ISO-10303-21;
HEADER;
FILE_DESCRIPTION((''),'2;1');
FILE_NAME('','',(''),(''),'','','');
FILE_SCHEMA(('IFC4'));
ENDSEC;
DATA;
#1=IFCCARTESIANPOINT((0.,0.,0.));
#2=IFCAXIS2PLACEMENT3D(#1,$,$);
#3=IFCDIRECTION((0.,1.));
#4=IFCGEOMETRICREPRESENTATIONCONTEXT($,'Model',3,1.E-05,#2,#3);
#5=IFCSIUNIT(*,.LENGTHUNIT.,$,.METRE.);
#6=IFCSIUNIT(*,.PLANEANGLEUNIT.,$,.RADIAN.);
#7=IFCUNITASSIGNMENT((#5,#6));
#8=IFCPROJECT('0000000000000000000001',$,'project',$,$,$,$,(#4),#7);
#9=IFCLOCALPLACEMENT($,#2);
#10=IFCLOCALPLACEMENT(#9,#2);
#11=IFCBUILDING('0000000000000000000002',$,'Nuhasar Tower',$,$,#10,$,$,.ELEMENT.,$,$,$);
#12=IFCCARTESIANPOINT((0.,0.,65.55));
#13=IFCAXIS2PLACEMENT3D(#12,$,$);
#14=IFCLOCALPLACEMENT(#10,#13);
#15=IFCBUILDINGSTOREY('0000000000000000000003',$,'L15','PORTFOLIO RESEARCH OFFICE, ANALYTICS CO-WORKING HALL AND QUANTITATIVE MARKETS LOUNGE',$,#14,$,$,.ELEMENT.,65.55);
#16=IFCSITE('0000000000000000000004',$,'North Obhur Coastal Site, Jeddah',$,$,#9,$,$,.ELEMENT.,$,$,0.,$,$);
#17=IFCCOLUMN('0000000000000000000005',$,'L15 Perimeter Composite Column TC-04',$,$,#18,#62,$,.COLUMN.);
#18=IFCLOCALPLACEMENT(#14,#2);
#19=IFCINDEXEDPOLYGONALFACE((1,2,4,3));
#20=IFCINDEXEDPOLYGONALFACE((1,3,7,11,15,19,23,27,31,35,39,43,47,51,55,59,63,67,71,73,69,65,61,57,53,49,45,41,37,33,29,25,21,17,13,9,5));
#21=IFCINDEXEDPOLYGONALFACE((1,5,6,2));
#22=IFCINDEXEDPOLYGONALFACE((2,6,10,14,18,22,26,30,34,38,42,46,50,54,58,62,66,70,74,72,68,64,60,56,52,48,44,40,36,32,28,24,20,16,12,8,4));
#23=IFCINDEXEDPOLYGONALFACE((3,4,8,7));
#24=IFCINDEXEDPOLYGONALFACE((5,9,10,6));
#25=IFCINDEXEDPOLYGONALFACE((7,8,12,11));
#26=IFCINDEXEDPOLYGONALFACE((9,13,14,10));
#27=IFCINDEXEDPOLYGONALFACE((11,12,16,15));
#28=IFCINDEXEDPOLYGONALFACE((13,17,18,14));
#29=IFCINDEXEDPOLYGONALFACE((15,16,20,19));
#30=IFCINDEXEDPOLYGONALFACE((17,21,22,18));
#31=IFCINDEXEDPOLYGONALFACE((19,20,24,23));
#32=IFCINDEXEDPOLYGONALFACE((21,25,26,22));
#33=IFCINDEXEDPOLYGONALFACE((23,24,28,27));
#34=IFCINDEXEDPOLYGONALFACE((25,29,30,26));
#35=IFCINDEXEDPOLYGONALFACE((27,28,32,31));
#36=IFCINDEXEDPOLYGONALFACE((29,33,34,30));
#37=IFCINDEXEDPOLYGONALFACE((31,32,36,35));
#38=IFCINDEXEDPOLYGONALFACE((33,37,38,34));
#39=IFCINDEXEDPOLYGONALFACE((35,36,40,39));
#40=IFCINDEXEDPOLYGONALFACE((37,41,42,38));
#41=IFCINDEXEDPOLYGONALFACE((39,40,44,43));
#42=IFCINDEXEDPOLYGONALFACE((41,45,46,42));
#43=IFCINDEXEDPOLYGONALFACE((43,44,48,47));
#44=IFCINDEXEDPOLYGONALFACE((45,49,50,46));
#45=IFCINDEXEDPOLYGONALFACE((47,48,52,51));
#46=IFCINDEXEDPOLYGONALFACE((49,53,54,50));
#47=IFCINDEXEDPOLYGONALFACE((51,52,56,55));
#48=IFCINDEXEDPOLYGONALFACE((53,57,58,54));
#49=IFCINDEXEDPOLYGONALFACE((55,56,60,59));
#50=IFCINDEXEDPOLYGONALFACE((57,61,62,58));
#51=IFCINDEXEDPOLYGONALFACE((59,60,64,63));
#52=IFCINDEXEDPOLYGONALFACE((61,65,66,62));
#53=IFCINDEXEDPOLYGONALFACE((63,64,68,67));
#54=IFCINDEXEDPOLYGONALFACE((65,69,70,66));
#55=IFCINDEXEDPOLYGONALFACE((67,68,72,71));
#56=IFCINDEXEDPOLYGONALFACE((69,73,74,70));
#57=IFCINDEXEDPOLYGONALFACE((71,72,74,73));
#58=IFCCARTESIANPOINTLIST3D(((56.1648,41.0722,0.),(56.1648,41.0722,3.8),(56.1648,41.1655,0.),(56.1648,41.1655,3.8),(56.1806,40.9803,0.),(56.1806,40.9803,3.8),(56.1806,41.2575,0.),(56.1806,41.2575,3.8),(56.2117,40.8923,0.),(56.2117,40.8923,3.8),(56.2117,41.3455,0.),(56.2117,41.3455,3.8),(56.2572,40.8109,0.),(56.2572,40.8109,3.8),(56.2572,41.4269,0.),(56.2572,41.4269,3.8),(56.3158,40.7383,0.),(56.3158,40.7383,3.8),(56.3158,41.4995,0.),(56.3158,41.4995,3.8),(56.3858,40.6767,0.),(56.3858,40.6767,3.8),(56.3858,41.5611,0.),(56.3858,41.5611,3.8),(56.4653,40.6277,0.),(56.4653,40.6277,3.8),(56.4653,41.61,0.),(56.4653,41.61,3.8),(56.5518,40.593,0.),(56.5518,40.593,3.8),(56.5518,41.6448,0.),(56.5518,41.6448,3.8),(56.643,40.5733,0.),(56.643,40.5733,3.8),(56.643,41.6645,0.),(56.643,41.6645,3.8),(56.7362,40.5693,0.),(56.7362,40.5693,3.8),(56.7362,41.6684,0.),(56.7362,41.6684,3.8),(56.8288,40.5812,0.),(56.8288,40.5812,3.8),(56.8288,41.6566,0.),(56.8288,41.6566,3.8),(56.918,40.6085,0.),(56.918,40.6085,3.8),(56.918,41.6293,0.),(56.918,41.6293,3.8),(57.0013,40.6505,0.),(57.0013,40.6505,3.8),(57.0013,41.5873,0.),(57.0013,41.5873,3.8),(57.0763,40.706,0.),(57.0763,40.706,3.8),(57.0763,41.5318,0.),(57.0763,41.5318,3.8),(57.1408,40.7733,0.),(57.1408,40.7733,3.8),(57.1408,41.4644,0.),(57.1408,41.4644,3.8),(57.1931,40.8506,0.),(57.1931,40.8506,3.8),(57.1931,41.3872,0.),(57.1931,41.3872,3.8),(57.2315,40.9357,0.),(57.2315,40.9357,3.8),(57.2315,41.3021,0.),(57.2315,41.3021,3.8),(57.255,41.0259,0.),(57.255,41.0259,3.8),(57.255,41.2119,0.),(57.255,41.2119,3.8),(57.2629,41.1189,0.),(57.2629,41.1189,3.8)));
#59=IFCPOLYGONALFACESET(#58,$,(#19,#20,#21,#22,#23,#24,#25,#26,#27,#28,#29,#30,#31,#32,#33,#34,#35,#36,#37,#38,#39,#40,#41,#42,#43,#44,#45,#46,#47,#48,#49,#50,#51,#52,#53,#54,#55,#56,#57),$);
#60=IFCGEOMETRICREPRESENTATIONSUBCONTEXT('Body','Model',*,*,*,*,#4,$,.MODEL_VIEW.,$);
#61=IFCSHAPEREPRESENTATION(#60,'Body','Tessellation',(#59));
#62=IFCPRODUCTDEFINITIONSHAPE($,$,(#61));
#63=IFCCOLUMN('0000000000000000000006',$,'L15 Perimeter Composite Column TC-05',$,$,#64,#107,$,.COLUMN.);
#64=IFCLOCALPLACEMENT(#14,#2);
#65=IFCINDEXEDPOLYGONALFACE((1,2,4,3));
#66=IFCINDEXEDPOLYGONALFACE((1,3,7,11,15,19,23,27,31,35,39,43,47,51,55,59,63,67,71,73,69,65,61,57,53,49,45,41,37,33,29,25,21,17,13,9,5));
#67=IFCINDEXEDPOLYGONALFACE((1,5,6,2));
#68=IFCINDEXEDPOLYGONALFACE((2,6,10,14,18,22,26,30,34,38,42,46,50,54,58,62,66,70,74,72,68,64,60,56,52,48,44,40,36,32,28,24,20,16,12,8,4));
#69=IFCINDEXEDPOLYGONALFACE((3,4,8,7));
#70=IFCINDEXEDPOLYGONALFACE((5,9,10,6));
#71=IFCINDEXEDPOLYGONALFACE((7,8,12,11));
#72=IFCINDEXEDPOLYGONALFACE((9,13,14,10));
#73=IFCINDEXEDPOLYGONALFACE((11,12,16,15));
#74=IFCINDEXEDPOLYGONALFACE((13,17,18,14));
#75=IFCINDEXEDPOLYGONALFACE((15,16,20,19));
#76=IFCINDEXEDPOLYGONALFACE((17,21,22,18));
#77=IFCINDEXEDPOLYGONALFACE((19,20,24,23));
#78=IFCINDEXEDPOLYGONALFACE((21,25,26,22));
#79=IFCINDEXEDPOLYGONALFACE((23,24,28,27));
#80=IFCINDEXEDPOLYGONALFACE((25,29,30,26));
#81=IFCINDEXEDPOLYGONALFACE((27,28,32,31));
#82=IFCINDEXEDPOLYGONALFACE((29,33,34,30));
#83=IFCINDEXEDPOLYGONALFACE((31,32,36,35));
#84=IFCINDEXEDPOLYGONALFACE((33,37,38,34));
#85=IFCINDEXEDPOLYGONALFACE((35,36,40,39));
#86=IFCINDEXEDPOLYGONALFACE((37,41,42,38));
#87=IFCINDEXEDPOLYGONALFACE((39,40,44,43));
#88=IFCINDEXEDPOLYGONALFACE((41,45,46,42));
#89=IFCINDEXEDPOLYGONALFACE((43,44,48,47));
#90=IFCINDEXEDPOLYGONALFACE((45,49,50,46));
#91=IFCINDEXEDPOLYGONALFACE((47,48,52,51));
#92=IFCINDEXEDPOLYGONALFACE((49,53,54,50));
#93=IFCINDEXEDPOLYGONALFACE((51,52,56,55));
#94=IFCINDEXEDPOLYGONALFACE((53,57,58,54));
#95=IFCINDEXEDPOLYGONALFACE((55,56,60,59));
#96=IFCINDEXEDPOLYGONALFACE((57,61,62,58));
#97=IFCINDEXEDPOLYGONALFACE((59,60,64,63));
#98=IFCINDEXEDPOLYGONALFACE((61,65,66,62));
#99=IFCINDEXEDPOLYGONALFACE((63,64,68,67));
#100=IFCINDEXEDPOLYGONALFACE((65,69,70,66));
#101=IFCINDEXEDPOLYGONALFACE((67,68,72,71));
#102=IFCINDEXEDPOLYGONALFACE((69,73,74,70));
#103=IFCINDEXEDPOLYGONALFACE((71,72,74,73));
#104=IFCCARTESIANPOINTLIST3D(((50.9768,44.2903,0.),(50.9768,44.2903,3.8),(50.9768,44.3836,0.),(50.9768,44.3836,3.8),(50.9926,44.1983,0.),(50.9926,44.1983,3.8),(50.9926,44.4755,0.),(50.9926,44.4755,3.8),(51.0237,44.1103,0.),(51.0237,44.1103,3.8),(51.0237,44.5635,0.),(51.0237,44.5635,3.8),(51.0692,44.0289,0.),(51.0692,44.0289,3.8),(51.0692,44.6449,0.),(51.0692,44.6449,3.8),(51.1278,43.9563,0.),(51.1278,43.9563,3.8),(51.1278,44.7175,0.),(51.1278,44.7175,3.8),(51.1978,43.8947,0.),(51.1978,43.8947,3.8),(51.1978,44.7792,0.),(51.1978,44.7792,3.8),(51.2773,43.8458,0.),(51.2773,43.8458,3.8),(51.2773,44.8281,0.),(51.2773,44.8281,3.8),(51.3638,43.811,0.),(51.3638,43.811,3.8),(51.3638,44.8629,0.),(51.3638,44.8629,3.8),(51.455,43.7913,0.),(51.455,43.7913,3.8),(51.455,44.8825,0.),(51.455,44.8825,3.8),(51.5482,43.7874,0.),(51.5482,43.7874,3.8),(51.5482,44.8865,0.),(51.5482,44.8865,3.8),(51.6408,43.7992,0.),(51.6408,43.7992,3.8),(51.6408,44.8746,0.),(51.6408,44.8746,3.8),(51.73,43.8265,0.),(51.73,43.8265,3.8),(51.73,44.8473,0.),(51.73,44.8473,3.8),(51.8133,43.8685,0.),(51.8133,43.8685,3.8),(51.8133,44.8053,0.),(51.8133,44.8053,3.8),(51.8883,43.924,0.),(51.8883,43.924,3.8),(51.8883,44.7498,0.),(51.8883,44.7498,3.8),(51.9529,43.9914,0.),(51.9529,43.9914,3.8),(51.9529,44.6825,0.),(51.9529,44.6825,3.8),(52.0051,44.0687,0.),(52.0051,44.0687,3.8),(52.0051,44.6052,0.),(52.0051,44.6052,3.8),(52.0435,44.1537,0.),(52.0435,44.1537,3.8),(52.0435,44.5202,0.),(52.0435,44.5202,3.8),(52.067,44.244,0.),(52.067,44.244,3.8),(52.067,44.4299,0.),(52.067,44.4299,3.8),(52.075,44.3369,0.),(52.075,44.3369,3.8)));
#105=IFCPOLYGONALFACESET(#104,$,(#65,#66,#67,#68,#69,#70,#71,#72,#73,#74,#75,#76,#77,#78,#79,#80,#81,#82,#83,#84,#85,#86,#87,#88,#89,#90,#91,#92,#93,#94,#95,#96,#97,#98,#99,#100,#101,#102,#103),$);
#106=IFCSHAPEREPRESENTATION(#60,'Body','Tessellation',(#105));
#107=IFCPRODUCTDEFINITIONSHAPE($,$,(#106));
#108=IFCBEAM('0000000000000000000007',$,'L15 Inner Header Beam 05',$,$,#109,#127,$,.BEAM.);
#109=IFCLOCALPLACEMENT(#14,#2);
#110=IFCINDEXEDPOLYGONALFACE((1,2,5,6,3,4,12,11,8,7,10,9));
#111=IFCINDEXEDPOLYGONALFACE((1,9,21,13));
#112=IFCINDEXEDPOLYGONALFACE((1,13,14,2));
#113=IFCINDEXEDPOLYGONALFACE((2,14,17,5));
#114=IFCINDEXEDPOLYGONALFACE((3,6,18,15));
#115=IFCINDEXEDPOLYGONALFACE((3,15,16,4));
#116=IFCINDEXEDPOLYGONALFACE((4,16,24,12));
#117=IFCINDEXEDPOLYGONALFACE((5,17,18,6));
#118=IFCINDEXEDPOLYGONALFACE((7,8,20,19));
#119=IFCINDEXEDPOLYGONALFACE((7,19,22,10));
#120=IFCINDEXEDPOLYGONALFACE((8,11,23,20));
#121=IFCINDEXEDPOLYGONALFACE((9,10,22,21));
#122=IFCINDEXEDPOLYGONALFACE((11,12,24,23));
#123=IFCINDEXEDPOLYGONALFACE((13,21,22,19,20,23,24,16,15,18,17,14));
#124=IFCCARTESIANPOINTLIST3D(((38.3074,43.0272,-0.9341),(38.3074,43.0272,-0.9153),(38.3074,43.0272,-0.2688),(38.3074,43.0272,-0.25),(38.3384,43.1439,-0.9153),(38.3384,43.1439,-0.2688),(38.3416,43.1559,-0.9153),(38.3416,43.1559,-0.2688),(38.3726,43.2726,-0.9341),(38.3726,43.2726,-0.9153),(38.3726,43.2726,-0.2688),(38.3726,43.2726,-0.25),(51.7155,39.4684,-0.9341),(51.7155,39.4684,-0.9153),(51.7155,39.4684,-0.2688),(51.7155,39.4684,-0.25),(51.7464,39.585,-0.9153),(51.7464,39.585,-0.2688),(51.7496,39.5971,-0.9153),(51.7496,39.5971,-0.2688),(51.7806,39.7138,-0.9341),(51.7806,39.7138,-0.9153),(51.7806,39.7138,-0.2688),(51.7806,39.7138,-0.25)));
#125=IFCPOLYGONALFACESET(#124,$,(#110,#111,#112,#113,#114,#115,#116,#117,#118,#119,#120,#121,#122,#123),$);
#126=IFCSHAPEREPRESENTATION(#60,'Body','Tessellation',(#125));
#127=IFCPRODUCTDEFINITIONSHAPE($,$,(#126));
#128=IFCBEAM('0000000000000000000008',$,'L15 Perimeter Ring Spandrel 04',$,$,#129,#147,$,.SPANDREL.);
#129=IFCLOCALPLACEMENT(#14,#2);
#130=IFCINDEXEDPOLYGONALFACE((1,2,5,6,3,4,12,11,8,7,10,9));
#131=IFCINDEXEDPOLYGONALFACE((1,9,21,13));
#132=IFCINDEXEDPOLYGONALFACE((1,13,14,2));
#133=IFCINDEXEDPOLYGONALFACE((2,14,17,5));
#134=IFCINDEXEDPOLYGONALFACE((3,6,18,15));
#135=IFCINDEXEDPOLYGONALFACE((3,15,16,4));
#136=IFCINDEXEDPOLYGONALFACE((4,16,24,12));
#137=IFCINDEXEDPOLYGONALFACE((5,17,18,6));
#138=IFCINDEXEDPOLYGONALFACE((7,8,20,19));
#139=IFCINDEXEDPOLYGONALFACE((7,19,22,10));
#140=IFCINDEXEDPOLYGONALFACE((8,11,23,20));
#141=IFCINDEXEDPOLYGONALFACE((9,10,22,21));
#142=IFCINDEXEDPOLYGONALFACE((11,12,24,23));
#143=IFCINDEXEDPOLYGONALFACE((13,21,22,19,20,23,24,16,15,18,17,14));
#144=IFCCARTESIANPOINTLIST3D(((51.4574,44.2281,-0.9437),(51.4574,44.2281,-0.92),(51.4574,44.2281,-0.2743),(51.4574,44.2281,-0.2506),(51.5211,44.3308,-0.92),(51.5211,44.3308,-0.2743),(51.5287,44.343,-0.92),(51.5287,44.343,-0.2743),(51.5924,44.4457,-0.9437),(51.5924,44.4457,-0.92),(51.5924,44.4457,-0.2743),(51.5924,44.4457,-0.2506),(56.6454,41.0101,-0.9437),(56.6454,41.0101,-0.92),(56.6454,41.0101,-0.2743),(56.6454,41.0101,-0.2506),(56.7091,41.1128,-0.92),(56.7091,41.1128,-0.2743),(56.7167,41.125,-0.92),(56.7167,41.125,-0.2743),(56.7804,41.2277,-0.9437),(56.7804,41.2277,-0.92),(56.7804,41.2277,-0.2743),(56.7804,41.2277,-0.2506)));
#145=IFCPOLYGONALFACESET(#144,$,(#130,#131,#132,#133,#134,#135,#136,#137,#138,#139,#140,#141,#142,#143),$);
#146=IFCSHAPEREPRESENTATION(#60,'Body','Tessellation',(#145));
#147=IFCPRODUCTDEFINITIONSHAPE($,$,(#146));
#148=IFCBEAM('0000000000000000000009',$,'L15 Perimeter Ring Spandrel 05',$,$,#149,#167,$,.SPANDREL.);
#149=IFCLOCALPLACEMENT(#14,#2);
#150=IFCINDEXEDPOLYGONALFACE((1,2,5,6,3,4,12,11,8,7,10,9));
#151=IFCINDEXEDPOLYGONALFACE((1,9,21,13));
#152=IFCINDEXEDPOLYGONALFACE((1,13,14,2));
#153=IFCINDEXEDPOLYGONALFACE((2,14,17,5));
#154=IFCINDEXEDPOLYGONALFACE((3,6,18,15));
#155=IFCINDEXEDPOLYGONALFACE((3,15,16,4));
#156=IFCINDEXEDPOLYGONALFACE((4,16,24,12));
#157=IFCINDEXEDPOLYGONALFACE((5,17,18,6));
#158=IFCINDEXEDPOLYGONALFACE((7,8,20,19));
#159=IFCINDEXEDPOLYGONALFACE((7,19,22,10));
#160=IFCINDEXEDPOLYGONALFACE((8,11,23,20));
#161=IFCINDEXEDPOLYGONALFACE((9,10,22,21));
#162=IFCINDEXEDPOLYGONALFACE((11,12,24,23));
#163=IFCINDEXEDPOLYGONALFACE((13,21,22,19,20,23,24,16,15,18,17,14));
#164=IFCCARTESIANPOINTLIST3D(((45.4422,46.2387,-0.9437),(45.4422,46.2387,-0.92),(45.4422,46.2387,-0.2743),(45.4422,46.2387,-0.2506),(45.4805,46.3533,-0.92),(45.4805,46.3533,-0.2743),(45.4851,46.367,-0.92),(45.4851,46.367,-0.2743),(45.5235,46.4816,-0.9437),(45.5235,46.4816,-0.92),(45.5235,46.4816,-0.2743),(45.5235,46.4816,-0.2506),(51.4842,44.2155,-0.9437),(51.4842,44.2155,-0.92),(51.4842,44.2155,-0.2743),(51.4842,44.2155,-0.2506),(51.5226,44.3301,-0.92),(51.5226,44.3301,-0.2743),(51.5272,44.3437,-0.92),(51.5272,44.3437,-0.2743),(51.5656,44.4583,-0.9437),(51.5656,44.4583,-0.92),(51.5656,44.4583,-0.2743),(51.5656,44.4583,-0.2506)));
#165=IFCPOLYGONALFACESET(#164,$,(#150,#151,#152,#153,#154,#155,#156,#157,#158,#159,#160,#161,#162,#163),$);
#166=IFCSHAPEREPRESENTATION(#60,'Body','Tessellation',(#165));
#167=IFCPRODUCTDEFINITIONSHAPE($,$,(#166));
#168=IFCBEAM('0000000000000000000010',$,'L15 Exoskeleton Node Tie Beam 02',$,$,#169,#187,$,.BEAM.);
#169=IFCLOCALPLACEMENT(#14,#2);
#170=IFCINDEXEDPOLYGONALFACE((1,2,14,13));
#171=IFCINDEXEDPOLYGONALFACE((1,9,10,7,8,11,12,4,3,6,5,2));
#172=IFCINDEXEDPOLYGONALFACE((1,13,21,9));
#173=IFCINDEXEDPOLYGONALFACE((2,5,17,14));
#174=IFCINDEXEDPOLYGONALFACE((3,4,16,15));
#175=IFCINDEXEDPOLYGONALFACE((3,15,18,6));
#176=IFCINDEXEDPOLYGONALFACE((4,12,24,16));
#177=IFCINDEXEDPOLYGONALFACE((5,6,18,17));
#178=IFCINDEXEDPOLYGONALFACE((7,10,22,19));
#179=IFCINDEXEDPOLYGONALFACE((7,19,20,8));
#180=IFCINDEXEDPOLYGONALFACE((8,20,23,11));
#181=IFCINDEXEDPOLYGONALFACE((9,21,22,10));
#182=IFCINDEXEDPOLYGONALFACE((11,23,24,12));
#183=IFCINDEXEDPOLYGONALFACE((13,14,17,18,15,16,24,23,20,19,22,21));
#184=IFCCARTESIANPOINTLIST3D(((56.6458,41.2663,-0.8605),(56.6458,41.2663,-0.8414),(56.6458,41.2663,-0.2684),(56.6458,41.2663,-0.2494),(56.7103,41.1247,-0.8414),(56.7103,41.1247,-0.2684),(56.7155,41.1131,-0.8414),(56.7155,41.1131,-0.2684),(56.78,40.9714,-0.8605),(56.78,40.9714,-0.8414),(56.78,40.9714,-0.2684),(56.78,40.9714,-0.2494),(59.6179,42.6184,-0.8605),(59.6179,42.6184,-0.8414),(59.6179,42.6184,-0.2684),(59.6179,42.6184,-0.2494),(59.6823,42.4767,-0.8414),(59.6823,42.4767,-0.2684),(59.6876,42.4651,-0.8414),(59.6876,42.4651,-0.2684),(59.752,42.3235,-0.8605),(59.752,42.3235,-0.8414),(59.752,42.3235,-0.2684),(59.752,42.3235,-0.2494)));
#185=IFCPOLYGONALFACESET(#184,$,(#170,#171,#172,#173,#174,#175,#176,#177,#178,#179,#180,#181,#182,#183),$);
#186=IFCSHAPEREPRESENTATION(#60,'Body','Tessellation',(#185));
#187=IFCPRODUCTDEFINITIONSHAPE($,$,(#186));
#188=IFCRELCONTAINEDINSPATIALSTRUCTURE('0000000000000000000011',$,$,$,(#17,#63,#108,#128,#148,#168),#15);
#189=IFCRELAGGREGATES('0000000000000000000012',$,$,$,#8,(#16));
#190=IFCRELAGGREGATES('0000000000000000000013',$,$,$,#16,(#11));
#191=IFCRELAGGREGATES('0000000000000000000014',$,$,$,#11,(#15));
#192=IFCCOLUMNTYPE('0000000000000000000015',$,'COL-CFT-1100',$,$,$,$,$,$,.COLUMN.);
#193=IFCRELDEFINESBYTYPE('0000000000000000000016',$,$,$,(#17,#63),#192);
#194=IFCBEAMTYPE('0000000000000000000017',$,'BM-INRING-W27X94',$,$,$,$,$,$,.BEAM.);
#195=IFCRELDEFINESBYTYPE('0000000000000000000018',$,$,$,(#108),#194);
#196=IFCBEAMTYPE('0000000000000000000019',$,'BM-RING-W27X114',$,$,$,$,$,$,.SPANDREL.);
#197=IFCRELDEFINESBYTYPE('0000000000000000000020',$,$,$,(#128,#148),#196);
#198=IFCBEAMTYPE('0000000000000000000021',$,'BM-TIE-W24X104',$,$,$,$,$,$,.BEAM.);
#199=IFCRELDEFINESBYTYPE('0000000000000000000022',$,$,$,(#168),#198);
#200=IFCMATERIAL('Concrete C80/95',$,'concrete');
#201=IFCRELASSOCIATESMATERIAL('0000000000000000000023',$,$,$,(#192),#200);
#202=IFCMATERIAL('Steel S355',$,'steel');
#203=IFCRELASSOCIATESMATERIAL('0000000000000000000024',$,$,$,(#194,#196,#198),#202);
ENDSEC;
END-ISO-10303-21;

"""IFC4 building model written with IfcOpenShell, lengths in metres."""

from ifc_helpers import new_model, si_unit, direction, frame, origin, origin_2d, place, context, subcontext, project, spatial, circle, i_section, extrude, material, material_profile, profile_set, type_object, element, save


model = new_model("IFC4")

# Units and contexts
model_context = context("Model", 3, precision=1e-05, world=origin(), true_north=direction((0.0, 1.0)))
body_context = subcontext(model_context, "Body", "Model", "MODEL_VIEW")
ifc_project = project(units=[si_unit("LENGTHUNIT", "METRE"), si_unit("PLANEANGLEUNIT", "RADIAN")], contexts=[model_context])

# Site, building, storey
site_placement = place(None, origin())
site = spatial("IfcSite", under=ifc_project, at=site_placement, Name="North Obhur Coastal Site, Jeddah", CompositionType="ELEMENT", RefElevation=0.0)
building_placement = place(site_placement, origin())
building = spatial("IfcBuilding", under=site, at=building_placement, Name="Nuhasar Tower", CompositionType="ELEMENT")
storey_placement = place(building_placement, frame((0.0, 0.0, 65.55)))
storey = spatial("IfcBuildingStorey", under=building, at=storey_placement, Name="L15", Description="PORTFOLIO RESEARCH OFFICE, ANALYTICS CO-WORKING HALL AND QUANTITATIVE MARKETS LOUNGE", CompositionType="ELEMENT", Elevation=65.55)

# Columns
ifc_material_1 = material(Name="Concrete C80/95", Category="concrete")
ifc_material_profile_1 = material_profile(ifc_material_1, circle(Radius=0.55, at=origin_2d()), Name="CFT1100")
ifc_profile_set_1 = profile_set([ifc_material_profile_1], Name="Concrete C80/95")
column_type = type_object("IfcColumnType", Name="COL-CFT-1100", PredefinedType="COLUMN", material=ifc_profile_set_1)
for number, where, z_axis, x_axis, name in (
    (1, (56.7129, 41.1189, 0.0), (0.0, 0.0, 1.0), (1.0, 0.0, 0.0), "L15 Perimeter Composite Column TC-04"),
    (2, (51.5249, 44.3369, 0.0), (0.0, 0.0, 1.0), (1.0, 0.0, 0.0), "L15 Perimeter Composite Column TC-05"),
):
    element("IfcColumn", number, at=place(storey_placement, frame(where, z_axis=z_axis, x_axis=x_axis)), inside=storey, type_object=column_type, Name=name, PredefinedType="COLUMN", context=body_context, shape_type="SweptSolid", body=[
        extrude(circle(Radius=0.55, at=origin_2d()), origin(), (0.0, 0.0, 1.0), 3.8),
    ])

# Beams
ifc_material_2 = material(Name="Steel S355", Category="steel")
ifc_material_profile_2 = material_profile(ifc_material_2, i_section(OverallWidth=0.2539, OverallDepth=0.6841, WebThickness=0.0125, FlangeThickness=0.0188, at=origin_2d()), Name="W27X94")
ifc_profile_set_2 = profile_set([ifc_material_profile_2], Name="Steel S355")
beam_type_1 = type_object("IfcBeamType", Name="BM-INRING-W27X94", PredefinedType="BEAM", material=ifc_profile_set_2)
beam_1_placement = place(storey_placement, frame((51.748, 39.5911, -0.592), z_axis=(-0.966533, 0.256544, 0.0), x_axis=(-0.256544, -0.966533, 0.0)))
element("IfcBeam", 3, at=beam_1_placement, inside=storey, type_object=beam_type_1, Name="L15 Inner Header Beam 05", PredefinedType="BEAM", context=body_context, shape_type="SweptSolid", body=[
    extrude(i_section(OverallWidth=0.2539, OverallDepth=0.6841, WebThickness=0.0125, FlangeThickness=0.0188, at=origin_2d()), origin(), (0.0, 0.0, 1.0), 13.8723),
])
ifc_material_profile_3 = material_profile(ifc_material_2, i_section(OverallWidth=0.2561, OverallDepth=0.6931, WebThickness=0.0144, FlangeThickness=0.0237, at=origin_2d()), Name="W27X114")
ifc_profile_set_3 = profile_set([ifc_material_profile_3], Name="Steel S355")
beam_type_2 = type_object("IfcBeamType", Name="BM-RING-W27X114", PredefinedType="SPANDREL", material=ifc_profile_set_3)
beam_2_placement = place(storey_placement, frame((56.7129, 41.1189, -0.5972), z_axis=(-0.849795, 0.527113, 0.0), x_axis=(-0.527113, -0.849795, 0.0)))
element("IfcBeam", 4, at=beam_2_placement, inside=storey, type_object=beam_type_2, Name="L15 Perimeter Ring Spandrel 04", PredefinedType="SPANDREL", context=body_context, shape_type="SweptSolid", body=[
    extrude(i_section(OverallWidth=0.2561, OverallDepth=0.6931, WebThickness=0.0144, FlangeThickness=0.0237, at=origin_2d()), origin(), (0.0, 0.0, 1.0), 6.105),
])
beam_3_placement = place(storey_placement, frame((51.5249, 44.3369, -0.5972), z_axis=(-0.948249, 0.317526, 0.0), x_axis=(-0.317526, -0.948249, 0.0)))
element("IfcBeam", 5, at=beam_3_placement, inside=storey, type_object=beam_type_2, Name="L15 Perimeter Ring Spandrel 05", PredefinedType="SPANDREL", context=body_context, shape_type="SweptSolid", body=[
    extrude(i_section(OverallWidth=0.2561, OverallDepth=0.6931, WebThickness=0.0144, FlangeThickness=0.0237, at=origin_2d()), origin(), (0.0, 0.0, 1.0), 6.3718),
])
ifc_material_profile_4 = material_profile(ifc_material_2, i_section(OverallWidth=0.324, OverallDepth=0.6111, WebThickness=0.0127, FlangeThickness=0.019, at=origin_2d()), Name="W24X104")
ifc_profile_set_4 = profile_set([ifc_material_profile_4], Name="Steel S355")
beam_type_3 = type_object("IfcBeamType", Name="BM-TIE-W24X104", PredefinedType="BEAM", material=ifc_profile_set_4)
beam_4_placement = place(storey_placement, frame((56.7129, 41.1189, -0.5549), z_axis=(0.910244, 0.414073, 0.0), x_axis=(-0.414073, 0.910244, 0.0)))
element("IfcBeam", 6, at=beam_4_placement, inside=storey, type_object=beam_type_3, Name="L15 Exoskeleton Node Tie Beam 02", PredefinedType="BEAM", context=body_context, shape_type="SweptSolid", body=[
    extrude(i_section(OverallWidth=0.324, OverallDepth=0.6111, WebThickness=0.0127, FlangeThickness=0.019, at=origin_2d()), origin(), (0.0, 0.0, 1.0), 3.2651),
])

save(model, "model.ifc")
